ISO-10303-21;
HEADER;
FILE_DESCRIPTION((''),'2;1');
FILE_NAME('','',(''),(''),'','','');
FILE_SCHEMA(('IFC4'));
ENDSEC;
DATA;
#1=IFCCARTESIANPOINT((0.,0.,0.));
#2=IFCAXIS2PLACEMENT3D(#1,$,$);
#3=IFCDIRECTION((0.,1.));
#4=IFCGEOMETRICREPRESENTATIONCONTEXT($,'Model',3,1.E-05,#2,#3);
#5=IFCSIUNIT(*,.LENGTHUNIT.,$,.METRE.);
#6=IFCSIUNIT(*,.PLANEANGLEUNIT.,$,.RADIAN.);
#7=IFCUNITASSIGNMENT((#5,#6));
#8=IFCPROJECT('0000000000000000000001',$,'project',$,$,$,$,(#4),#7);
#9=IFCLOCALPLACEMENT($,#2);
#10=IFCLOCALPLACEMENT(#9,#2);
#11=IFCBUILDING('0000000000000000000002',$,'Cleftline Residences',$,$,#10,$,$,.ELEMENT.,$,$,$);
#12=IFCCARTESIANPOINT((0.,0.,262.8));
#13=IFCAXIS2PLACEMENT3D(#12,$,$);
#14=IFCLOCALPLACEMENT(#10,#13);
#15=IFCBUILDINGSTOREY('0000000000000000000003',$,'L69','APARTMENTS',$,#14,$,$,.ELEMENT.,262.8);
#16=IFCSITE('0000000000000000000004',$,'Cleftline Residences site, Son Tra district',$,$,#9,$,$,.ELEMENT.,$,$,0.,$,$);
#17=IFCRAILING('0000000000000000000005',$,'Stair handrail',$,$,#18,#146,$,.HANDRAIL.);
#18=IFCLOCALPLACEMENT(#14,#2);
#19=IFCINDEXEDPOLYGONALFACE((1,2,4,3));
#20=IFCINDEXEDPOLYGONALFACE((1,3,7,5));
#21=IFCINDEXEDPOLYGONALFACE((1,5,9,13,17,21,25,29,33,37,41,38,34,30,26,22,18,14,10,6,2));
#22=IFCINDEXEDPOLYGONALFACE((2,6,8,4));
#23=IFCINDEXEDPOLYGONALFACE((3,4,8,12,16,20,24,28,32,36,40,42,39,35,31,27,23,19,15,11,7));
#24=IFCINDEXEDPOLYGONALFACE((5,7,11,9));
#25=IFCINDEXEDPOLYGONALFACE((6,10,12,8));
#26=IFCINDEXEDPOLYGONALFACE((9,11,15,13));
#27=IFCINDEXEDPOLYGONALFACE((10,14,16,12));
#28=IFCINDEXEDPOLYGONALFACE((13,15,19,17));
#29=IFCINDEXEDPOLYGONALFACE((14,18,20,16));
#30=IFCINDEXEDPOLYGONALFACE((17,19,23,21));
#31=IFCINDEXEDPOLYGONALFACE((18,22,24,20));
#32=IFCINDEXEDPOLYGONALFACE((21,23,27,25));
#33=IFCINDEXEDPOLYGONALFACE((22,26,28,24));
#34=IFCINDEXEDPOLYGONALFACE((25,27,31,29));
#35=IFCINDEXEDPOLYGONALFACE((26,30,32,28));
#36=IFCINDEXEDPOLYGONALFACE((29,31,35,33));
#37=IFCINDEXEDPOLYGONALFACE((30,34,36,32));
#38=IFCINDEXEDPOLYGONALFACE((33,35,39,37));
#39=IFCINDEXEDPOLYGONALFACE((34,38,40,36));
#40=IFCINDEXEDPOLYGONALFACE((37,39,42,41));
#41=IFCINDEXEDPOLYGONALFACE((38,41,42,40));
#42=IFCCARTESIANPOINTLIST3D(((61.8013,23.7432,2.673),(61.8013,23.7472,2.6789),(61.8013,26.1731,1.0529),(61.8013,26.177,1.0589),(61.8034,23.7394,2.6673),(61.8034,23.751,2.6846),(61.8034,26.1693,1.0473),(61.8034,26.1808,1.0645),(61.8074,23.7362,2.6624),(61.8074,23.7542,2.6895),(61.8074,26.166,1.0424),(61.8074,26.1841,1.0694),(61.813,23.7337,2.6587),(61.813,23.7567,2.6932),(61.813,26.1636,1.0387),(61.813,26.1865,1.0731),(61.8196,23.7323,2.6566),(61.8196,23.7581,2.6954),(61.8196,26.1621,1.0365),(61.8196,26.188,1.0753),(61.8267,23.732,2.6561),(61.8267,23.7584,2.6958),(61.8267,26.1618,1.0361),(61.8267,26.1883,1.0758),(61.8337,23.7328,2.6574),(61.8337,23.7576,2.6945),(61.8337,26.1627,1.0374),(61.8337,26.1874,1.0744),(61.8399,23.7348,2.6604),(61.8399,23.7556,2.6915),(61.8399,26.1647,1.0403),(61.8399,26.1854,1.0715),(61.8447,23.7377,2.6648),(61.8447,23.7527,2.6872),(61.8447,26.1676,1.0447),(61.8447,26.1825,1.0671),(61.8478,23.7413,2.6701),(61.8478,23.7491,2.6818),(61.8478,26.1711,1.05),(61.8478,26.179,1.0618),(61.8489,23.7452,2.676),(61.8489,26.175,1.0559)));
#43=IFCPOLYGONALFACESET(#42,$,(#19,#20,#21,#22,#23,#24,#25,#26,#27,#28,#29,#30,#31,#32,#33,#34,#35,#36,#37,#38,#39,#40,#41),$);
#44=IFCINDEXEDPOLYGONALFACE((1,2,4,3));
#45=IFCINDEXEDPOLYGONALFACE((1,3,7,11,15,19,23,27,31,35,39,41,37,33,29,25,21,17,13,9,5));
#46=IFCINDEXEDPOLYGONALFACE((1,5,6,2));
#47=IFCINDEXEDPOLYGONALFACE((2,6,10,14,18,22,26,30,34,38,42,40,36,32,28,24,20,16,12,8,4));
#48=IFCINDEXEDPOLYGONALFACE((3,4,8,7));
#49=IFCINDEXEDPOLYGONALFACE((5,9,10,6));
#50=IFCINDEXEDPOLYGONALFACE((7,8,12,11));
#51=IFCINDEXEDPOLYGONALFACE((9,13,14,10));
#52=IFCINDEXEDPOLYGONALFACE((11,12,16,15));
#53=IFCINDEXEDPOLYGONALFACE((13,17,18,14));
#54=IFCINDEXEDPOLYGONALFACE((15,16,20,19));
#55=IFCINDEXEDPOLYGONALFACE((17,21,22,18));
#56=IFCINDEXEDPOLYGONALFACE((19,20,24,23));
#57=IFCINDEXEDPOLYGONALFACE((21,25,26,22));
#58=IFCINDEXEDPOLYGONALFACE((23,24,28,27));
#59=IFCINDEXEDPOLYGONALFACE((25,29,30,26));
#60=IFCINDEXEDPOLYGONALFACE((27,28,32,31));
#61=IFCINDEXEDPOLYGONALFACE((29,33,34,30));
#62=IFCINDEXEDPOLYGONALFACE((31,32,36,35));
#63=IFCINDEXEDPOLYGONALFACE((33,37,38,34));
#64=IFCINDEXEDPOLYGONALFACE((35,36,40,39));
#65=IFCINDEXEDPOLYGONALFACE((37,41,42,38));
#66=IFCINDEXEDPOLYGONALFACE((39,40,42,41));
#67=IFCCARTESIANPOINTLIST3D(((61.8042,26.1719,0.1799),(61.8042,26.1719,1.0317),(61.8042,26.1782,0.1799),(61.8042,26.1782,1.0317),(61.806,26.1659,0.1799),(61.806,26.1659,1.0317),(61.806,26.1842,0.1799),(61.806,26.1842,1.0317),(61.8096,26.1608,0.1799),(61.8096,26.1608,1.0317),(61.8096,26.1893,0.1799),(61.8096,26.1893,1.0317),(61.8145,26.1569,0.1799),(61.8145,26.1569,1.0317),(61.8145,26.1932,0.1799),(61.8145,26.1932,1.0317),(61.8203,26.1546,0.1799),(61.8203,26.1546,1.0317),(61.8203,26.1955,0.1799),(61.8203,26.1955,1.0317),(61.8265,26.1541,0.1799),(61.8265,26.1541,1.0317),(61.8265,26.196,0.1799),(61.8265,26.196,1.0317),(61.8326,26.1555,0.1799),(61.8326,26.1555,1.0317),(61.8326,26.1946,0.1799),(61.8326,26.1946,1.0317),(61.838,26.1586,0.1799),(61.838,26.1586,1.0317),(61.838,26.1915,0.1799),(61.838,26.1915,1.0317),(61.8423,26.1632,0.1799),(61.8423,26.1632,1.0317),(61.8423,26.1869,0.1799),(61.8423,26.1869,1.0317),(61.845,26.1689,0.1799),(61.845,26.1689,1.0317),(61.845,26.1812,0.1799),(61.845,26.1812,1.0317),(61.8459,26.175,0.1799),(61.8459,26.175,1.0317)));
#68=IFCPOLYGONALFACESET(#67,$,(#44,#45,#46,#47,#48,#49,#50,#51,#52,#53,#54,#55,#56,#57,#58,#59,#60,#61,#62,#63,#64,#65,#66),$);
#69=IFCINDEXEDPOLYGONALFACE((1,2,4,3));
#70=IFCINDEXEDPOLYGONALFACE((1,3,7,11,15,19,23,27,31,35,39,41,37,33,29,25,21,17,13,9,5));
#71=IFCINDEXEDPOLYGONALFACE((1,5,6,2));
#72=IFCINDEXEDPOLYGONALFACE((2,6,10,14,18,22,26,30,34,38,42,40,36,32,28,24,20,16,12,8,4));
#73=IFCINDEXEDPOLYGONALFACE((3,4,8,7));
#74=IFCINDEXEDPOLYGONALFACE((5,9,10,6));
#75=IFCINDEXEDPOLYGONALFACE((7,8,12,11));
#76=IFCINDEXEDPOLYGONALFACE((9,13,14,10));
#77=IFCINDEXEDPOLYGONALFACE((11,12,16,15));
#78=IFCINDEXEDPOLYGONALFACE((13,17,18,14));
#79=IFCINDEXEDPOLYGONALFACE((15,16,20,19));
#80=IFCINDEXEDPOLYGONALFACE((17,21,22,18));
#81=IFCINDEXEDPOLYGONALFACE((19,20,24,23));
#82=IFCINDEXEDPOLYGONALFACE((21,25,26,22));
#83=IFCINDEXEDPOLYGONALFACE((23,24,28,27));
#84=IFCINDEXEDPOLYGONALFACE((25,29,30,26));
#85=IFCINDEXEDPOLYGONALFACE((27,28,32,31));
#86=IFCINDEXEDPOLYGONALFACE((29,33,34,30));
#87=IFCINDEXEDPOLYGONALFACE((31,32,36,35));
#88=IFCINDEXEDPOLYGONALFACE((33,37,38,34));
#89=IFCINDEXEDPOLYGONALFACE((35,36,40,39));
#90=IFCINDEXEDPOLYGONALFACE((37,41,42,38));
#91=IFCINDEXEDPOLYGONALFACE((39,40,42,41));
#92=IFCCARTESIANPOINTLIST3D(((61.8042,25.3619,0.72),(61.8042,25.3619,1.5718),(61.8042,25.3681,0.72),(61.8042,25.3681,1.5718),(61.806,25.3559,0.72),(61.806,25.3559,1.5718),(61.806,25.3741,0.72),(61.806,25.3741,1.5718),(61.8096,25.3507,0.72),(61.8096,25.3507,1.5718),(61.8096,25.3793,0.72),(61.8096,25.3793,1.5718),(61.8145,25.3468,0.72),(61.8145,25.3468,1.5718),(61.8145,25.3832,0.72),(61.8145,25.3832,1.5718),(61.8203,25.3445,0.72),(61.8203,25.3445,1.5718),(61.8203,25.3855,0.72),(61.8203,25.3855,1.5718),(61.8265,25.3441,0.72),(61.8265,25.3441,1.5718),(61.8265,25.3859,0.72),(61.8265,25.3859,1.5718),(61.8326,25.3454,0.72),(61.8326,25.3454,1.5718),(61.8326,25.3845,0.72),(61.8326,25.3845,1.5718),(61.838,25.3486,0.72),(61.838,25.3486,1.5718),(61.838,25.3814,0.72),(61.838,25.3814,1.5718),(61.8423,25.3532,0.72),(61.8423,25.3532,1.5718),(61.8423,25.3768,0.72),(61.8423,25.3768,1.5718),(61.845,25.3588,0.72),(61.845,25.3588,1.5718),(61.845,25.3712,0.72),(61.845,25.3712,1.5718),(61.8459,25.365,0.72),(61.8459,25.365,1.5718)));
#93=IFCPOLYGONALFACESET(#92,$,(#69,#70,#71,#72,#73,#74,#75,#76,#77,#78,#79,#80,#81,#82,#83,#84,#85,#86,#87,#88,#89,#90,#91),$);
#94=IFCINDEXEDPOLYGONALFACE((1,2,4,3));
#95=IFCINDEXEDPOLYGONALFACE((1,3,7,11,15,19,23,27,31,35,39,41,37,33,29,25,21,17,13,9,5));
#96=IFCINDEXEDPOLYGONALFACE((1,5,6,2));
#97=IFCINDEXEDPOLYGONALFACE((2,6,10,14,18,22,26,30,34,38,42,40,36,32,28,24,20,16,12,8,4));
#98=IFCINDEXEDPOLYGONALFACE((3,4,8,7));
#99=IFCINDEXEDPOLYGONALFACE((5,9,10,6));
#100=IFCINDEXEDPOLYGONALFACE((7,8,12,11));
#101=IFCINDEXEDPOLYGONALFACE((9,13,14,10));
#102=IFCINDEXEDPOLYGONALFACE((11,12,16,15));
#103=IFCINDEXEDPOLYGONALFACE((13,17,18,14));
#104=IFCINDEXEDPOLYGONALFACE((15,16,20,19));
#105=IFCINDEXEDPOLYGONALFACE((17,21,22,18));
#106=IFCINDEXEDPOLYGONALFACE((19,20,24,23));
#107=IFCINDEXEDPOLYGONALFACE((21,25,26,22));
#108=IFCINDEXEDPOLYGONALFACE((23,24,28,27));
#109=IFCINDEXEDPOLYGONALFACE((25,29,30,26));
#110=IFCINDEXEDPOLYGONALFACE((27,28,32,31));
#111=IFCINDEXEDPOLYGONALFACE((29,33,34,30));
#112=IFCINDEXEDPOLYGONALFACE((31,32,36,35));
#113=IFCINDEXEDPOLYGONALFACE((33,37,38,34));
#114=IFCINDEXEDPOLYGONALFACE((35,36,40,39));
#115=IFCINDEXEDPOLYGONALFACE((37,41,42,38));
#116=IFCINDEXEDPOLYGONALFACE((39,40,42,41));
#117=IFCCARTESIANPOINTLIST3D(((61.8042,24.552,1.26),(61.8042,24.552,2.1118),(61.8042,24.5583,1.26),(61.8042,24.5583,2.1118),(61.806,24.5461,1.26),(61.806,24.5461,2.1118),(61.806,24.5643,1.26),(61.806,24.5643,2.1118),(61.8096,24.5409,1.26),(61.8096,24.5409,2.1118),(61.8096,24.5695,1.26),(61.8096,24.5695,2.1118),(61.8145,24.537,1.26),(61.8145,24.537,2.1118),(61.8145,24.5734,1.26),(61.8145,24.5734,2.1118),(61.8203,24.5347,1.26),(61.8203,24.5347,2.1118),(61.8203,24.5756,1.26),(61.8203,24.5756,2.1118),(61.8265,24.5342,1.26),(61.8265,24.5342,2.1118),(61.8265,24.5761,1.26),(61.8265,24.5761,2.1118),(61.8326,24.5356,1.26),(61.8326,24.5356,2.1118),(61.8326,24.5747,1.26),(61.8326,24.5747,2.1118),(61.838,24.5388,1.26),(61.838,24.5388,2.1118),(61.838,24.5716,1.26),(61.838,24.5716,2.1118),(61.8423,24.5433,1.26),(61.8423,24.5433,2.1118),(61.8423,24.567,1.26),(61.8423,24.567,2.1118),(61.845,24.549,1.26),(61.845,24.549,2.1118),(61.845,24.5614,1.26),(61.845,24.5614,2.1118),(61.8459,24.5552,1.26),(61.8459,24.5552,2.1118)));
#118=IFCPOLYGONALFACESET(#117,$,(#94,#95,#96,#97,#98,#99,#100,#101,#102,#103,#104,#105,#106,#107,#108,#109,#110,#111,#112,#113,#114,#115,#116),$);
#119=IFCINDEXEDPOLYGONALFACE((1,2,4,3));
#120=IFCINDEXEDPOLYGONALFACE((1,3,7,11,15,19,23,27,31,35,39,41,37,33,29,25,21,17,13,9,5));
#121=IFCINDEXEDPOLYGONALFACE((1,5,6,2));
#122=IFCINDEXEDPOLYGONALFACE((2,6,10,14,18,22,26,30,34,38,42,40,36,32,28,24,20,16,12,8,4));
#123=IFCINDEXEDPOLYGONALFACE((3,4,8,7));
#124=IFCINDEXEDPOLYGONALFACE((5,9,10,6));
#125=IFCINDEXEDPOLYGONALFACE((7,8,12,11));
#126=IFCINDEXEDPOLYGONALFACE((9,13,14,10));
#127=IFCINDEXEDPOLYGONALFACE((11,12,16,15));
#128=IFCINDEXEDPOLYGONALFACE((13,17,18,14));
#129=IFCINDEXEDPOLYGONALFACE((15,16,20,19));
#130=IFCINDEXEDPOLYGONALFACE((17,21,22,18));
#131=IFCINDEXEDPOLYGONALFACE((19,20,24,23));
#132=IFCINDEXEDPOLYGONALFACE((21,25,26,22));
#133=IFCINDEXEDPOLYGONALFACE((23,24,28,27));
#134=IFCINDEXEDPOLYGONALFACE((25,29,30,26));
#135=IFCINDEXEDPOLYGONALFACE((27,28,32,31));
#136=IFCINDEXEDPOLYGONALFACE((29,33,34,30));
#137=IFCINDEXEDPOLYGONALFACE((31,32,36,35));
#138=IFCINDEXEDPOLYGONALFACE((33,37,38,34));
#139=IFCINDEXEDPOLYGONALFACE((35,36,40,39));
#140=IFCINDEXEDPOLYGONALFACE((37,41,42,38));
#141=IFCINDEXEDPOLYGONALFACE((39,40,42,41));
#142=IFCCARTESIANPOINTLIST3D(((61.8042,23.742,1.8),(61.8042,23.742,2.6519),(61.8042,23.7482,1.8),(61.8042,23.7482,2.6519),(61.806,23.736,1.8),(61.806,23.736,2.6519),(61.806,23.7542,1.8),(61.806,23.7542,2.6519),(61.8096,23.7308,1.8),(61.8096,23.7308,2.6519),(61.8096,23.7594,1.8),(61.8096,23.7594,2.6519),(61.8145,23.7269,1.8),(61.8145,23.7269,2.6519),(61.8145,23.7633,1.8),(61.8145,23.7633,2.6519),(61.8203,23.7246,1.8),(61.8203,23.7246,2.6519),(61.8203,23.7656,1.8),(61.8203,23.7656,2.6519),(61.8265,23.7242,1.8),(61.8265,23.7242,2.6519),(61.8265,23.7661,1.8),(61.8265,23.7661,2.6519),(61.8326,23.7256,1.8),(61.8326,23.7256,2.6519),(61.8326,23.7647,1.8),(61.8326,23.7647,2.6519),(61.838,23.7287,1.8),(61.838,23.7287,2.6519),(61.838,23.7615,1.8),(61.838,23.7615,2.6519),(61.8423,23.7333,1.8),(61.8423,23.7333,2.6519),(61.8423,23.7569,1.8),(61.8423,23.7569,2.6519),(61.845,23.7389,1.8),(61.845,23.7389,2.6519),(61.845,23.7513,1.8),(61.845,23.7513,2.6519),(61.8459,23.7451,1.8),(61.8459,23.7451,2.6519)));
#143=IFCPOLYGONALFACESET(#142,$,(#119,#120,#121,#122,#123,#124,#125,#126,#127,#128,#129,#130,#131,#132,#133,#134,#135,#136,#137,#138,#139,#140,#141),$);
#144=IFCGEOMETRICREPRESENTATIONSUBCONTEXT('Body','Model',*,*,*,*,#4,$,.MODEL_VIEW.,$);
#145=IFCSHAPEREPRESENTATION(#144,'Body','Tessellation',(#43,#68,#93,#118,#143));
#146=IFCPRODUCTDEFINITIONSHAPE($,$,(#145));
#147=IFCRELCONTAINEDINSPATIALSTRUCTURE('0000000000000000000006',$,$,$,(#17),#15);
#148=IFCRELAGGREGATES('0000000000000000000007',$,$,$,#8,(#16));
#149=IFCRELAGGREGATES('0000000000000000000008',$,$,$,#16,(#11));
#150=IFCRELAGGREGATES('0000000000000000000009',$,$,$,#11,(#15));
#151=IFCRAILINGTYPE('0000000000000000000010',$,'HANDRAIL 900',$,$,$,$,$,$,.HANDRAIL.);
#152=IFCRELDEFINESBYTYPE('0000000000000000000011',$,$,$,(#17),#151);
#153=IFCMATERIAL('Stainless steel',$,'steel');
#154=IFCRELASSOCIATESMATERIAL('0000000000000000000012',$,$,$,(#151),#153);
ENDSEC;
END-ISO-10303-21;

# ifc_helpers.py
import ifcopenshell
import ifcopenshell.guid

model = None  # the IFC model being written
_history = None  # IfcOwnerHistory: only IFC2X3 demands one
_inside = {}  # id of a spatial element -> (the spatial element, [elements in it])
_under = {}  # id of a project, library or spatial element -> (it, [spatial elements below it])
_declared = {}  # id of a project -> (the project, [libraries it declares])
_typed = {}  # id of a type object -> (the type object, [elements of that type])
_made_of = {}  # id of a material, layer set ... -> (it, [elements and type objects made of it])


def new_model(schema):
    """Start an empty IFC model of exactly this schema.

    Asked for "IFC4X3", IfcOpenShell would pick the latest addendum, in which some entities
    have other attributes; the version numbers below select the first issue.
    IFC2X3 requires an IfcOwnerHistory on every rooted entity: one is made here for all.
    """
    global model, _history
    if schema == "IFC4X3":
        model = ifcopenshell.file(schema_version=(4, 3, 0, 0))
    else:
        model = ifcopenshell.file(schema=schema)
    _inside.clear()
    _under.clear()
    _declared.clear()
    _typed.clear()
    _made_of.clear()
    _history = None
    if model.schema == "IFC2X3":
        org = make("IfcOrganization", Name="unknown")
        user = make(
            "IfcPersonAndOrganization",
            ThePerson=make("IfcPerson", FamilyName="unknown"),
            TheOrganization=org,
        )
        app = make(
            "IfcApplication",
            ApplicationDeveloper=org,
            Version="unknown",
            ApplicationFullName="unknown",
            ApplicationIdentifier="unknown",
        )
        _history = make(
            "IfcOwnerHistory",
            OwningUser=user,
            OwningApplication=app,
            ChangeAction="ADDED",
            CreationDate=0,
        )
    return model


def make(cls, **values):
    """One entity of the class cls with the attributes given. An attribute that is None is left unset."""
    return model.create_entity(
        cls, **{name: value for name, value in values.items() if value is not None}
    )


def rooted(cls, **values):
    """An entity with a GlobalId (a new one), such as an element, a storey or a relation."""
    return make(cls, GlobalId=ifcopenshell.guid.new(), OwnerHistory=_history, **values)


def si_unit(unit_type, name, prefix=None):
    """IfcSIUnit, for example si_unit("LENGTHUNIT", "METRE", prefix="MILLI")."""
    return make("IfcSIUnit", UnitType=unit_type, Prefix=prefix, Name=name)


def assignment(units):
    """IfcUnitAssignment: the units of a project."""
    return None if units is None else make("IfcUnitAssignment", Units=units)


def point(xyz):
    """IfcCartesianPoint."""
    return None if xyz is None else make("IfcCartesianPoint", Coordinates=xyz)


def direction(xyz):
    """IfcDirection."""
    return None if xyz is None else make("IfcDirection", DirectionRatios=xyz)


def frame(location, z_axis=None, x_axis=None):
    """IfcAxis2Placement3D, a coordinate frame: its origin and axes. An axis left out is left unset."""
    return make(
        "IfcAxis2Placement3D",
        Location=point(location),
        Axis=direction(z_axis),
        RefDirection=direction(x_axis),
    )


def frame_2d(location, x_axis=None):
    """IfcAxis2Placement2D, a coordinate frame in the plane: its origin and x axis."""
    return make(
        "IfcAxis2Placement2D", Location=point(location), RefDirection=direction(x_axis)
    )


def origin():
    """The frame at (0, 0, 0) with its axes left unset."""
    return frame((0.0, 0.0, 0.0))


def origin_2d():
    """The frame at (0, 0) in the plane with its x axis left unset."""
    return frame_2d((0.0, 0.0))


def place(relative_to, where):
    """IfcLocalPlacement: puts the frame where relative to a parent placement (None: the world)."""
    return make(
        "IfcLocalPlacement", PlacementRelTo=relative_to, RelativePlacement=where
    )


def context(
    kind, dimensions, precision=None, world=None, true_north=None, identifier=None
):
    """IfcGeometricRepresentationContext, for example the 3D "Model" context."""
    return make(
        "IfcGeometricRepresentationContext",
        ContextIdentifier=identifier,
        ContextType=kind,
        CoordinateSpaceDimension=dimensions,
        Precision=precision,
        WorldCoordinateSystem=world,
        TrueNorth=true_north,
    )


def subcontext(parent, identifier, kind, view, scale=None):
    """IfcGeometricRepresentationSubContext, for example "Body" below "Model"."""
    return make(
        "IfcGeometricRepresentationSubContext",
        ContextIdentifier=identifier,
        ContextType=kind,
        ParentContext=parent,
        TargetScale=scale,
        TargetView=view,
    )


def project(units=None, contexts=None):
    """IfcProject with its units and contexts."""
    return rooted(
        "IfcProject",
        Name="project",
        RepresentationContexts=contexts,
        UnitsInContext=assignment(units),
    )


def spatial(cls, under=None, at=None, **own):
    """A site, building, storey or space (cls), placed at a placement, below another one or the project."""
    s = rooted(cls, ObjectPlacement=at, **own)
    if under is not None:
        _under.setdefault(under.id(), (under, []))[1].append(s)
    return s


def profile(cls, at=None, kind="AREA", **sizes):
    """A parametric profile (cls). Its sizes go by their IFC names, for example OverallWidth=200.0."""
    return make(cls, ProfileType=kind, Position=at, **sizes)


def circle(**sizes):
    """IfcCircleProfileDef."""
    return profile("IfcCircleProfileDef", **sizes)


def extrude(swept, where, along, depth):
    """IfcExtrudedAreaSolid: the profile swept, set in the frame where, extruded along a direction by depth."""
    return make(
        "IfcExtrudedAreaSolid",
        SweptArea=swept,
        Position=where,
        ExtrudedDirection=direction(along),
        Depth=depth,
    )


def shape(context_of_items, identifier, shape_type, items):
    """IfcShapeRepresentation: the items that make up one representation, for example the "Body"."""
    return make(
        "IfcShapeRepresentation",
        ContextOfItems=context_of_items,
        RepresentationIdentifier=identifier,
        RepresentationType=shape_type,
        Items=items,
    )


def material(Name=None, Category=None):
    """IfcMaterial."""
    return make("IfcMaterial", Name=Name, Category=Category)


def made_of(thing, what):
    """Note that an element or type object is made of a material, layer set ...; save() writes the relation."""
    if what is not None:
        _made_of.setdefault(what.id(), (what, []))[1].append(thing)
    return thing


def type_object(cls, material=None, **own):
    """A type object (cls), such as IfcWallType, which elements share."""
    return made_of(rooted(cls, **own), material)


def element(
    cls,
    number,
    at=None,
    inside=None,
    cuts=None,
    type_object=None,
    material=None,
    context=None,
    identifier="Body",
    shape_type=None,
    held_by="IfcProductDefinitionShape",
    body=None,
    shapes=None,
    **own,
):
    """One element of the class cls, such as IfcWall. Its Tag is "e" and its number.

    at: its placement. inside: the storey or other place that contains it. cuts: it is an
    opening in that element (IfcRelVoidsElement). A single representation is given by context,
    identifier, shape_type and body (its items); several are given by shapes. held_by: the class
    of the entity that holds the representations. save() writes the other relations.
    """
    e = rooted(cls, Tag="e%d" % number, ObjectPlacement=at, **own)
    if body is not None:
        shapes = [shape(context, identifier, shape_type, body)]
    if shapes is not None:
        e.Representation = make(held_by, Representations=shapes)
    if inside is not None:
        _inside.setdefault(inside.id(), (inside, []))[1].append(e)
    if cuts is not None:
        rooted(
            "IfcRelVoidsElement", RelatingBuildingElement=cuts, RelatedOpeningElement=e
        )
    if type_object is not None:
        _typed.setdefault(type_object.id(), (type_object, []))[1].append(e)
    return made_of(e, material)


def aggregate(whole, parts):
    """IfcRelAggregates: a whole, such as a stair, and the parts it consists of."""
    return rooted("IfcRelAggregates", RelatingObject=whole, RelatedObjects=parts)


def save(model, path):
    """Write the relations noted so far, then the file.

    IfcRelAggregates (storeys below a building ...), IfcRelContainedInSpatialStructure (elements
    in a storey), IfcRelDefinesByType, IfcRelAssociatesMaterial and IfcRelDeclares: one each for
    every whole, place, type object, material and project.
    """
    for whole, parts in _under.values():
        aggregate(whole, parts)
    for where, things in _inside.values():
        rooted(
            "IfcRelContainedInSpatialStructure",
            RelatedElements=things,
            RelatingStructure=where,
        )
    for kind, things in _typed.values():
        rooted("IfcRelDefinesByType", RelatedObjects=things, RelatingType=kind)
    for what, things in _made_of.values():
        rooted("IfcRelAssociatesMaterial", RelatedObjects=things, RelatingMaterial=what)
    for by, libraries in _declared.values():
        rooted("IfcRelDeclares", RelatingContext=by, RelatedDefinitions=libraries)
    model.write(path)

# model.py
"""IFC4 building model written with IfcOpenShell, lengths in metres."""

from ifc_helpers import new_model, si_unit, direction, frame, origin, origin_2d, place, context, subcontext, project, spatial, circle, extrude, material, type_object, element, save


model = new_model("IFC4")

# Units and contexts
model_context = context("Model", 3, precision=1e-05, world=origin(), true_north=direction((0.0, 1.0)))
body_context = subcontext(model_context, "Body", "Model", "MODEL_VIEW")
ifc_project = project(units=[si_unit("LENGTHUNIT", "METRE"), si_unit("PLANEANGLEUNIT", "RADIAN")], contexts=[model_context])

# Site, building, storey
site_placement = place(None, origin())
site = spatial("IfcSite", under=ifc_project, at=site_placement, Name="Cleftline Residences site, Son Tra district", CompositionType="ELEMENT", RefElevation=0.0)
building_placement = place(site_placement, origin())
building = spatial("IfcBuilding", under=site, at=building_placement, Name="Cleftline Residences", CompositionType="ELEMENT")
storey_placement = place(building_placement, frame((0.0, 0.0, 262.8)))
storey = spatial("IfcBuildingStorey", under=building, at=storey_placement, Name="L69", Description="APARTMENTS", CompositionType="ELEMENT", Elevation=262.8)

# Railing
ifc_material_1 = material(Name="Stainless steel", Category="steel")
railing_type = type_object("IfcRailingType", Name="HANDRAIL 900", PredefinedType="HANDRAIL", material=ifc_material_1)
railing_placement = place(storey_placement, frame((61.825, 26.175, 0.1799)))
element("IfcRailing", 1, at=railing_placement, inside=storey, type_object=railing_type, Name="Stair handrail", PredefinedType="HANDRAIL", context=body_context, shape_type="SweptSolid", body=[
    extrude(circle(Radius=0.0239, at=origin_2d()), frame((0.0, 0.0, 0.876), z_axis=(0.0, -0.832025, 0.554739), x_axis=(1.0, 0.0, 0.0)), (0.0, 0.0, 1.0), 2.9204),
    extrude(circle(Radius=0.021, at=origin_2d()), origin(), (0.0, 0.0, 1.0), 0.8518),
    extrude(circle(Radius=0.021, at=origin_2d()), frame((0.0, -0.8101, 0.54)), (0.0, 0.0, 1.0), 0.8518),
    extrude(circle(Radius=0.021, at=origin_2d()), frame((0.0, -1.6199, 1.0801)), (0.0, 0.0, 1.0), 0.8518),
    extrude(circle(Radius=0.021, at=origin_2d()), frame((0.0, -2.4299, 1.6201)), (0.0, 0.0, 1.0), 0.8518),
])

save(model, "model.ifc")
